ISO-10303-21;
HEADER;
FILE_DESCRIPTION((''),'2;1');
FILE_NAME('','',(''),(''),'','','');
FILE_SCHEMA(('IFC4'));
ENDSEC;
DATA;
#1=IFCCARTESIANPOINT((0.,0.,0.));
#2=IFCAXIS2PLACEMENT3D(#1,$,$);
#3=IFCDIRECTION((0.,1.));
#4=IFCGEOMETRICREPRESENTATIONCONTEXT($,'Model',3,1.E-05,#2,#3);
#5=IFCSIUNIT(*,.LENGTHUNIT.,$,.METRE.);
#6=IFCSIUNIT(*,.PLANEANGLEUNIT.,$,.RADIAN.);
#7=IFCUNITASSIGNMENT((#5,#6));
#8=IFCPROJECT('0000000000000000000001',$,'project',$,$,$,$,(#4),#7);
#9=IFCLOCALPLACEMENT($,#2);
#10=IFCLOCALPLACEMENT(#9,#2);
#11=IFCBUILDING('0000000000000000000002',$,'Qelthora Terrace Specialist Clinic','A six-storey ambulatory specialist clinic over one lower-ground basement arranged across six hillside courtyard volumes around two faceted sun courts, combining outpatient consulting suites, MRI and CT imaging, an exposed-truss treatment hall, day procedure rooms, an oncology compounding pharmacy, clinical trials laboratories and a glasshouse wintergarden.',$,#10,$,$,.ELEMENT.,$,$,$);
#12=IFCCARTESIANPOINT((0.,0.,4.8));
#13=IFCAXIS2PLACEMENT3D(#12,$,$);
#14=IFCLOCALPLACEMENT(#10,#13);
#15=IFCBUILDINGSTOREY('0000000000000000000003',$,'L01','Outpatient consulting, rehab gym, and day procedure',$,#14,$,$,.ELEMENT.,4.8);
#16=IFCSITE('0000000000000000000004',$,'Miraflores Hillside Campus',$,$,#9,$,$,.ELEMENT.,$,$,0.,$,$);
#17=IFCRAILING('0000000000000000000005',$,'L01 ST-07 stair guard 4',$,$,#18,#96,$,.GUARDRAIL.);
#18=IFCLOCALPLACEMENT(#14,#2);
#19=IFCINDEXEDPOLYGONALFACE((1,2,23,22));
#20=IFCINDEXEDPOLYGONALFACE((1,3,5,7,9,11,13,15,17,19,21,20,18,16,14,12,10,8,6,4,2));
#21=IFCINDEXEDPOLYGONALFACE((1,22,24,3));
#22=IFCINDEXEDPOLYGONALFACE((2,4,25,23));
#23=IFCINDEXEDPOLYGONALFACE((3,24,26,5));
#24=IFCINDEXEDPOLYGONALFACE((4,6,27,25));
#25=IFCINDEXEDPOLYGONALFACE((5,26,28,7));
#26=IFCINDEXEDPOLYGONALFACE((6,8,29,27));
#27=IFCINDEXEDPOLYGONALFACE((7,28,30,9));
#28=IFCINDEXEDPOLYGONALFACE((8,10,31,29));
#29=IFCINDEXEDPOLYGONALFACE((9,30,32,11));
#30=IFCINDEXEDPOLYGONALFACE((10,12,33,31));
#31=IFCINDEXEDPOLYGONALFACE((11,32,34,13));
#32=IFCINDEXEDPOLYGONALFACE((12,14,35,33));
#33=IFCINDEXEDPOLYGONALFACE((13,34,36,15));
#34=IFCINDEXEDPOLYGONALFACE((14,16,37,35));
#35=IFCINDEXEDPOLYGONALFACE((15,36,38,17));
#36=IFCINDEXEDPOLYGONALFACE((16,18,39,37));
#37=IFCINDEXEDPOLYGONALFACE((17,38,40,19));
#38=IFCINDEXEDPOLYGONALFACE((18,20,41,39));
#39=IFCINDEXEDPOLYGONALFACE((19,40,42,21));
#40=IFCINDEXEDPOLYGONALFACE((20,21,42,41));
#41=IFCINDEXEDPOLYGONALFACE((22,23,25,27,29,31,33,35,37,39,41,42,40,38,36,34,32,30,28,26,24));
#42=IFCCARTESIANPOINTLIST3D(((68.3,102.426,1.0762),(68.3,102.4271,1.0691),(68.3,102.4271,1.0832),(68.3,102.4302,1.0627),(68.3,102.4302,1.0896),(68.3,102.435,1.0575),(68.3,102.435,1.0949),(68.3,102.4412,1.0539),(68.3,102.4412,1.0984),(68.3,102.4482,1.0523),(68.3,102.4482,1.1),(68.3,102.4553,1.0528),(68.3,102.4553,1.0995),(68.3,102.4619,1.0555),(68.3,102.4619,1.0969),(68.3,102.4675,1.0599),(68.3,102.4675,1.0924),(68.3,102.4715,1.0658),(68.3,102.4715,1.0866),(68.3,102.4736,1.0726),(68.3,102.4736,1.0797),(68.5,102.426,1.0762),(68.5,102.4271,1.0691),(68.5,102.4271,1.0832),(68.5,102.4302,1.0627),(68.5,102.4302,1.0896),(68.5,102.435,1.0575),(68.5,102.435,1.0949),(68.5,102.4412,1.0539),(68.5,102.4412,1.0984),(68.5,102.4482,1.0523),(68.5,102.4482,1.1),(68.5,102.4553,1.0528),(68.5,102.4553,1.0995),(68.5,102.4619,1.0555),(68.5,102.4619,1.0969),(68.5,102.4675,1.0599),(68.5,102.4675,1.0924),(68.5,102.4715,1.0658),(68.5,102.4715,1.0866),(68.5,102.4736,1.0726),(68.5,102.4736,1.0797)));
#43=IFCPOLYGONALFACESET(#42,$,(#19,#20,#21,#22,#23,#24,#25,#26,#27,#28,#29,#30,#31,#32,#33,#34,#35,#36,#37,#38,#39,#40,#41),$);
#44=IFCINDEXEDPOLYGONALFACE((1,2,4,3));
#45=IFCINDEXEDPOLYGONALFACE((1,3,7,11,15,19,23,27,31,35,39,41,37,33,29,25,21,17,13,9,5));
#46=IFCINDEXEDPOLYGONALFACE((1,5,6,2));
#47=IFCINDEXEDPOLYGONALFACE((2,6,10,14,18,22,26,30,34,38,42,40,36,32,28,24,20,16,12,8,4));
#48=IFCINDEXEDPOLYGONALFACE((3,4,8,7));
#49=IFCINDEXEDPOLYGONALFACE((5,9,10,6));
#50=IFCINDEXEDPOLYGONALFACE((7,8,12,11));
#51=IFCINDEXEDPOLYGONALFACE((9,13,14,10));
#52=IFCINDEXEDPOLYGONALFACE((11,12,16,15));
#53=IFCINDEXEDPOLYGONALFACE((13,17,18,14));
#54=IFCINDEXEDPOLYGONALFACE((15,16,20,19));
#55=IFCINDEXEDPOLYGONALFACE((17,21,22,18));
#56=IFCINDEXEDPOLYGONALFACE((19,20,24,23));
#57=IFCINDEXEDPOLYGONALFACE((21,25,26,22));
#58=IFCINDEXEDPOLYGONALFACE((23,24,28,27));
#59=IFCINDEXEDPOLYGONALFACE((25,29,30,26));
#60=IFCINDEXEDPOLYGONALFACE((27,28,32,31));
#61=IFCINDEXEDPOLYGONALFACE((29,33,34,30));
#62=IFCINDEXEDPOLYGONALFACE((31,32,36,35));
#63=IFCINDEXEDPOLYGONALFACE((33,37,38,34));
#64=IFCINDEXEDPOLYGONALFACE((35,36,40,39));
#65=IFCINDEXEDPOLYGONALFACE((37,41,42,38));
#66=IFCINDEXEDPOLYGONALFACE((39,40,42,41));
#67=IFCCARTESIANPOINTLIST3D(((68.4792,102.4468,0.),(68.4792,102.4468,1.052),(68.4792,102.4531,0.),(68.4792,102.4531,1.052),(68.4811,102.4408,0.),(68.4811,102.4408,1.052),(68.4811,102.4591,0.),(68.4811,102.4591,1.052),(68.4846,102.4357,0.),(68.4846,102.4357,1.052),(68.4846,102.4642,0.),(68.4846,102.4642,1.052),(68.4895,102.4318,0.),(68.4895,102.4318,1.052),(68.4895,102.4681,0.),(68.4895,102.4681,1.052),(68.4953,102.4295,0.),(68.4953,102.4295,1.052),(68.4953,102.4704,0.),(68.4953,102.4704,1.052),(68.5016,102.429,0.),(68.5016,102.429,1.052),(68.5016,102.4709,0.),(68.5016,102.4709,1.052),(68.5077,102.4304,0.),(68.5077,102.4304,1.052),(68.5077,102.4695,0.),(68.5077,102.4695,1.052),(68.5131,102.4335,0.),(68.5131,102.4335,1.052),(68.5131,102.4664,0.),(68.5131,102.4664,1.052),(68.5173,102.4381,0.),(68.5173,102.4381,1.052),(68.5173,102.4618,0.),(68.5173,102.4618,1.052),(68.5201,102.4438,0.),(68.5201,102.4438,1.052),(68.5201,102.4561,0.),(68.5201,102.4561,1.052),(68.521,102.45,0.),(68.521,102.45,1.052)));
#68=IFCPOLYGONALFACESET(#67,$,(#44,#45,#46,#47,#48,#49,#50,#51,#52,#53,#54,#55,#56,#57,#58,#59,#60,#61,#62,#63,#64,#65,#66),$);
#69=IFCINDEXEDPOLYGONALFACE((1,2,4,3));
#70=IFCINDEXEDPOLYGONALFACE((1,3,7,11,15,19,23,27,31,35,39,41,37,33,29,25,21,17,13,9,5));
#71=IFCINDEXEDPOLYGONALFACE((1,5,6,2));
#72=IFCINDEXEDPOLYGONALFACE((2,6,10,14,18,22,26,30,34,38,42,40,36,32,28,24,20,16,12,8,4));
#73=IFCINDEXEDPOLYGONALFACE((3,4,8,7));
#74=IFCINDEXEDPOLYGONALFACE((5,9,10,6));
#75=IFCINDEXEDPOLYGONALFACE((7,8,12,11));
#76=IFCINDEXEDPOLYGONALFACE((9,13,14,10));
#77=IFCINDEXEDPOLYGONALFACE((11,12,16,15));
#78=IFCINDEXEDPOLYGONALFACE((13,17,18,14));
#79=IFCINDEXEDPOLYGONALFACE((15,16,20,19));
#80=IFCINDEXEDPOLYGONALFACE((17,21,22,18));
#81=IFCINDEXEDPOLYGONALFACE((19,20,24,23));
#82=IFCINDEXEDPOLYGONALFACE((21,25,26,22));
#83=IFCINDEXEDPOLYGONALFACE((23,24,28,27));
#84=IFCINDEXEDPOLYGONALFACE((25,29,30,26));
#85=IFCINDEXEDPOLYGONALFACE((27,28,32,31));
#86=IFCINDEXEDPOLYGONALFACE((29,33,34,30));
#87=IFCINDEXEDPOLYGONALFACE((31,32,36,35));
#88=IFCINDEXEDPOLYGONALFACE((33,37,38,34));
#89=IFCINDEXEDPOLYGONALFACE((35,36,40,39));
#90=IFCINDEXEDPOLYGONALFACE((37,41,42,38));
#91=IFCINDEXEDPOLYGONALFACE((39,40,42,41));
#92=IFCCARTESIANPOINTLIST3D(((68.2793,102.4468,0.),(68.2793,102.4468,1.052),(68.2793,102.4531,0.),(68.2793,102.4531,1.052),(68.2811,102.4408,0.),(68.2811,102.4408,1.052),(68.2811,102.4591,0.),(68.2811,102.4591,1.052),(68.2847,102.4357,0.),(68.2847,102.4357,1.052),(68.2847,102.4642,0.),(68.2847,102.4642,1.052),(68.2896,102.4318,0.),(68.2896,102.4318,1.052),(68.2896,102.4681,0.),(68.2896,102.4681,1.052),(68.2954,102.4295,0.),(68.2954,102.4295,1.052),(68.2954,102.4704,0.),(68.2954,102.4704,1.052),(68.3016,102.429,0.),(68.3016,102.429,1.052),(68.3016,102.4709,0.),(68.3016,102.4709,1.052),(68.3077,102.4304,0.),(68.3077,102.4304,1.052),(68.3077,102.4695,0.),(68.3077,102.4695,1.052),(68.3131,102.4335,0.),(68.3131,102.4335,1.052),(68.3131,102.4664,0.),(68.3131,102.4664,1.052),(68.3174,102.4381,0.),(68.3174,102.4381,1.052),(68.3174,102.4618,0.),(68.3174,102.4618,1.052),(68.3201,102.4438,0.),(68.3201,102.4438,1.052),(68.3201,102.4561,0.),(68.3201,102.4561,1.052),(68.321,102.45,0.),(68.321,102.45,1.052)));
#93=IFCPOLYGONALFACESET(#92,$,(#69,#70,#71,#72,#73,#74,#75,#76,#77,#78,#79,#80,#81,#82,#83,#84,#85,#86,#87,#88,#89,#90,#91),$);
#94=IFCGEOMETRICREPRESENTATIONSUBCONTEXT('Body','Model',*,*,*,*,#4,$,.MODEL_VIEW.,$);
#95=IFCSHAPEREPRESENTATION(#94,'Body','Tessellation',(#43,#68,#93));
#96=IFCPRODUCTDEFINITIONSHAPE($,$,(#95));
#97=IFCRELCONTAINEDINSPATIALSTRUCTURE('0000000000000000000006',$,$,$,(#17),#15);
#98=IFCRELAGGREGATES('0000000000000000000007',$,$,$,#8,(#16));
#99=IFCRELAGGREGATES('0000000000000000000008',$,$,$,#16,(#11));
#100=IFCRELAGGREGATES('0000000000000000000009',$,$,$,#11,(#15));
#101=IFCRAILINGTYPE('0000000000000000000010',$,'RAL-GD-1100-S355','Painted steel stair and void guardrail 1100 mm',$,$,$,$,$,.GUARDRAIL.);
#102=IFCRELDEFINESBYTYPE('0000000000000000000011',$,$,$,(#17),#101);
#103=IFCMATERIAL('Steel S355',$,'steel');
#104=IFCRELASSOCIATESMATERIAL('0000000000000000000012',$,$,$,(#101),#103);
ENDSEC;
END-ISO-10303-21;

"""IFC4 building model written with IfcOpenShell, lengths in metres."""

from ifc_helpers import new_model, si_unit, direction, frame, origin, origin_2d, place, context, subcontext, project, spatial, circle, extrude, material, type_object, element, save


model = new_model("IFC4")

# Units and contexts
model_context = context("Model", 3, precision=1e-05, world=origin(), true_north=direction((0.0, 1.0)))
body_context = subcontext(model_context, "Body", "Model", "MODEL_VIEW")
ifc_project = project(units=[si_unit("LENGTHUNIT", "METRE"), si_unit("PLANEANGLEUNIT", "RADIAN")], contexts=[model_context])

# Site, building, storey
site_placement = place(None, origin())
site = spatial("IfcSite", under=ifc_project, at=site_placement, Name="Miraflores Hillside Campus", CompositionType="ELEMENT", RefElevation=0.0)
building_placement = place(site_placement, origin())
building = spatial("IfcBuilding", under=site, at=building_placement, Name="Qelthora Terrace Specialist Clinic", Description="A six-storey ambulatory specialist clinic over one lower-ground basement arranged across six hillside courtyard volumes around two faceted sun courts, combining outpatient consulting suites, MRI and CT imaging, an exposed-truss treatment hall, day procedure rooms, an oncology compounding pharmacy, clinical trials laboratories and a glasshouse wintergarden.", CompositionType="ELEMENT")
storey_placement = place(building_placement, frame((0.0, 0.0, 4.8)))
storey = spatial("IfcBuildingStorey", under=building, at=storey_placement, Name="L01", Description="Outpatient consulting, rehab gym, and day procedure", CompositionType="ELEMENT", Elevation=4.8)

# Shared definitions
ifc_material_1 = material(Name="Steel S355", Category="steel")

# Railing
railing_type_1 = type_object("IfcRailingType", Name="RAL-GD-1100-S355", Description="Painted steel stair and void guardrail 1100 mm", PredefinedType="GUARDRAIL", material=ifc_material_1)
railing_1_placement = place(storey_placement, frame((68.5, 102.45, 0.0)))
element("IfcRailing", 1, at=railing_1_placement, inside=storey, type_object=railing_type_1, Name="L01 ST-07 stair guard 4", PredefinedType="GUARDRAIL", context=body_context, shape_type="SweptSolid", body=[
    extrude(circle(Radius=0.0239, at=origin_2d()), frame((0.0, 0.0, 1.0762), z_axis=(-1.0, 0.0, 0.0), x_axis=(0.0, -1.0, 0.0)), (0.0, 0.0, 1.0), 0.2),
    extrude(circle(Radius=0.021, at=origin_2d()), origin(), (0.0, 0.0, 1.0), 1.052),
    extrude(circle(Radius=0.021, at=origin_2d()), frame((-0.2, 0.0, 0.0)), (0.0, 0.0, 1.0), 1.052),
])

save(model, "model.ifc")
